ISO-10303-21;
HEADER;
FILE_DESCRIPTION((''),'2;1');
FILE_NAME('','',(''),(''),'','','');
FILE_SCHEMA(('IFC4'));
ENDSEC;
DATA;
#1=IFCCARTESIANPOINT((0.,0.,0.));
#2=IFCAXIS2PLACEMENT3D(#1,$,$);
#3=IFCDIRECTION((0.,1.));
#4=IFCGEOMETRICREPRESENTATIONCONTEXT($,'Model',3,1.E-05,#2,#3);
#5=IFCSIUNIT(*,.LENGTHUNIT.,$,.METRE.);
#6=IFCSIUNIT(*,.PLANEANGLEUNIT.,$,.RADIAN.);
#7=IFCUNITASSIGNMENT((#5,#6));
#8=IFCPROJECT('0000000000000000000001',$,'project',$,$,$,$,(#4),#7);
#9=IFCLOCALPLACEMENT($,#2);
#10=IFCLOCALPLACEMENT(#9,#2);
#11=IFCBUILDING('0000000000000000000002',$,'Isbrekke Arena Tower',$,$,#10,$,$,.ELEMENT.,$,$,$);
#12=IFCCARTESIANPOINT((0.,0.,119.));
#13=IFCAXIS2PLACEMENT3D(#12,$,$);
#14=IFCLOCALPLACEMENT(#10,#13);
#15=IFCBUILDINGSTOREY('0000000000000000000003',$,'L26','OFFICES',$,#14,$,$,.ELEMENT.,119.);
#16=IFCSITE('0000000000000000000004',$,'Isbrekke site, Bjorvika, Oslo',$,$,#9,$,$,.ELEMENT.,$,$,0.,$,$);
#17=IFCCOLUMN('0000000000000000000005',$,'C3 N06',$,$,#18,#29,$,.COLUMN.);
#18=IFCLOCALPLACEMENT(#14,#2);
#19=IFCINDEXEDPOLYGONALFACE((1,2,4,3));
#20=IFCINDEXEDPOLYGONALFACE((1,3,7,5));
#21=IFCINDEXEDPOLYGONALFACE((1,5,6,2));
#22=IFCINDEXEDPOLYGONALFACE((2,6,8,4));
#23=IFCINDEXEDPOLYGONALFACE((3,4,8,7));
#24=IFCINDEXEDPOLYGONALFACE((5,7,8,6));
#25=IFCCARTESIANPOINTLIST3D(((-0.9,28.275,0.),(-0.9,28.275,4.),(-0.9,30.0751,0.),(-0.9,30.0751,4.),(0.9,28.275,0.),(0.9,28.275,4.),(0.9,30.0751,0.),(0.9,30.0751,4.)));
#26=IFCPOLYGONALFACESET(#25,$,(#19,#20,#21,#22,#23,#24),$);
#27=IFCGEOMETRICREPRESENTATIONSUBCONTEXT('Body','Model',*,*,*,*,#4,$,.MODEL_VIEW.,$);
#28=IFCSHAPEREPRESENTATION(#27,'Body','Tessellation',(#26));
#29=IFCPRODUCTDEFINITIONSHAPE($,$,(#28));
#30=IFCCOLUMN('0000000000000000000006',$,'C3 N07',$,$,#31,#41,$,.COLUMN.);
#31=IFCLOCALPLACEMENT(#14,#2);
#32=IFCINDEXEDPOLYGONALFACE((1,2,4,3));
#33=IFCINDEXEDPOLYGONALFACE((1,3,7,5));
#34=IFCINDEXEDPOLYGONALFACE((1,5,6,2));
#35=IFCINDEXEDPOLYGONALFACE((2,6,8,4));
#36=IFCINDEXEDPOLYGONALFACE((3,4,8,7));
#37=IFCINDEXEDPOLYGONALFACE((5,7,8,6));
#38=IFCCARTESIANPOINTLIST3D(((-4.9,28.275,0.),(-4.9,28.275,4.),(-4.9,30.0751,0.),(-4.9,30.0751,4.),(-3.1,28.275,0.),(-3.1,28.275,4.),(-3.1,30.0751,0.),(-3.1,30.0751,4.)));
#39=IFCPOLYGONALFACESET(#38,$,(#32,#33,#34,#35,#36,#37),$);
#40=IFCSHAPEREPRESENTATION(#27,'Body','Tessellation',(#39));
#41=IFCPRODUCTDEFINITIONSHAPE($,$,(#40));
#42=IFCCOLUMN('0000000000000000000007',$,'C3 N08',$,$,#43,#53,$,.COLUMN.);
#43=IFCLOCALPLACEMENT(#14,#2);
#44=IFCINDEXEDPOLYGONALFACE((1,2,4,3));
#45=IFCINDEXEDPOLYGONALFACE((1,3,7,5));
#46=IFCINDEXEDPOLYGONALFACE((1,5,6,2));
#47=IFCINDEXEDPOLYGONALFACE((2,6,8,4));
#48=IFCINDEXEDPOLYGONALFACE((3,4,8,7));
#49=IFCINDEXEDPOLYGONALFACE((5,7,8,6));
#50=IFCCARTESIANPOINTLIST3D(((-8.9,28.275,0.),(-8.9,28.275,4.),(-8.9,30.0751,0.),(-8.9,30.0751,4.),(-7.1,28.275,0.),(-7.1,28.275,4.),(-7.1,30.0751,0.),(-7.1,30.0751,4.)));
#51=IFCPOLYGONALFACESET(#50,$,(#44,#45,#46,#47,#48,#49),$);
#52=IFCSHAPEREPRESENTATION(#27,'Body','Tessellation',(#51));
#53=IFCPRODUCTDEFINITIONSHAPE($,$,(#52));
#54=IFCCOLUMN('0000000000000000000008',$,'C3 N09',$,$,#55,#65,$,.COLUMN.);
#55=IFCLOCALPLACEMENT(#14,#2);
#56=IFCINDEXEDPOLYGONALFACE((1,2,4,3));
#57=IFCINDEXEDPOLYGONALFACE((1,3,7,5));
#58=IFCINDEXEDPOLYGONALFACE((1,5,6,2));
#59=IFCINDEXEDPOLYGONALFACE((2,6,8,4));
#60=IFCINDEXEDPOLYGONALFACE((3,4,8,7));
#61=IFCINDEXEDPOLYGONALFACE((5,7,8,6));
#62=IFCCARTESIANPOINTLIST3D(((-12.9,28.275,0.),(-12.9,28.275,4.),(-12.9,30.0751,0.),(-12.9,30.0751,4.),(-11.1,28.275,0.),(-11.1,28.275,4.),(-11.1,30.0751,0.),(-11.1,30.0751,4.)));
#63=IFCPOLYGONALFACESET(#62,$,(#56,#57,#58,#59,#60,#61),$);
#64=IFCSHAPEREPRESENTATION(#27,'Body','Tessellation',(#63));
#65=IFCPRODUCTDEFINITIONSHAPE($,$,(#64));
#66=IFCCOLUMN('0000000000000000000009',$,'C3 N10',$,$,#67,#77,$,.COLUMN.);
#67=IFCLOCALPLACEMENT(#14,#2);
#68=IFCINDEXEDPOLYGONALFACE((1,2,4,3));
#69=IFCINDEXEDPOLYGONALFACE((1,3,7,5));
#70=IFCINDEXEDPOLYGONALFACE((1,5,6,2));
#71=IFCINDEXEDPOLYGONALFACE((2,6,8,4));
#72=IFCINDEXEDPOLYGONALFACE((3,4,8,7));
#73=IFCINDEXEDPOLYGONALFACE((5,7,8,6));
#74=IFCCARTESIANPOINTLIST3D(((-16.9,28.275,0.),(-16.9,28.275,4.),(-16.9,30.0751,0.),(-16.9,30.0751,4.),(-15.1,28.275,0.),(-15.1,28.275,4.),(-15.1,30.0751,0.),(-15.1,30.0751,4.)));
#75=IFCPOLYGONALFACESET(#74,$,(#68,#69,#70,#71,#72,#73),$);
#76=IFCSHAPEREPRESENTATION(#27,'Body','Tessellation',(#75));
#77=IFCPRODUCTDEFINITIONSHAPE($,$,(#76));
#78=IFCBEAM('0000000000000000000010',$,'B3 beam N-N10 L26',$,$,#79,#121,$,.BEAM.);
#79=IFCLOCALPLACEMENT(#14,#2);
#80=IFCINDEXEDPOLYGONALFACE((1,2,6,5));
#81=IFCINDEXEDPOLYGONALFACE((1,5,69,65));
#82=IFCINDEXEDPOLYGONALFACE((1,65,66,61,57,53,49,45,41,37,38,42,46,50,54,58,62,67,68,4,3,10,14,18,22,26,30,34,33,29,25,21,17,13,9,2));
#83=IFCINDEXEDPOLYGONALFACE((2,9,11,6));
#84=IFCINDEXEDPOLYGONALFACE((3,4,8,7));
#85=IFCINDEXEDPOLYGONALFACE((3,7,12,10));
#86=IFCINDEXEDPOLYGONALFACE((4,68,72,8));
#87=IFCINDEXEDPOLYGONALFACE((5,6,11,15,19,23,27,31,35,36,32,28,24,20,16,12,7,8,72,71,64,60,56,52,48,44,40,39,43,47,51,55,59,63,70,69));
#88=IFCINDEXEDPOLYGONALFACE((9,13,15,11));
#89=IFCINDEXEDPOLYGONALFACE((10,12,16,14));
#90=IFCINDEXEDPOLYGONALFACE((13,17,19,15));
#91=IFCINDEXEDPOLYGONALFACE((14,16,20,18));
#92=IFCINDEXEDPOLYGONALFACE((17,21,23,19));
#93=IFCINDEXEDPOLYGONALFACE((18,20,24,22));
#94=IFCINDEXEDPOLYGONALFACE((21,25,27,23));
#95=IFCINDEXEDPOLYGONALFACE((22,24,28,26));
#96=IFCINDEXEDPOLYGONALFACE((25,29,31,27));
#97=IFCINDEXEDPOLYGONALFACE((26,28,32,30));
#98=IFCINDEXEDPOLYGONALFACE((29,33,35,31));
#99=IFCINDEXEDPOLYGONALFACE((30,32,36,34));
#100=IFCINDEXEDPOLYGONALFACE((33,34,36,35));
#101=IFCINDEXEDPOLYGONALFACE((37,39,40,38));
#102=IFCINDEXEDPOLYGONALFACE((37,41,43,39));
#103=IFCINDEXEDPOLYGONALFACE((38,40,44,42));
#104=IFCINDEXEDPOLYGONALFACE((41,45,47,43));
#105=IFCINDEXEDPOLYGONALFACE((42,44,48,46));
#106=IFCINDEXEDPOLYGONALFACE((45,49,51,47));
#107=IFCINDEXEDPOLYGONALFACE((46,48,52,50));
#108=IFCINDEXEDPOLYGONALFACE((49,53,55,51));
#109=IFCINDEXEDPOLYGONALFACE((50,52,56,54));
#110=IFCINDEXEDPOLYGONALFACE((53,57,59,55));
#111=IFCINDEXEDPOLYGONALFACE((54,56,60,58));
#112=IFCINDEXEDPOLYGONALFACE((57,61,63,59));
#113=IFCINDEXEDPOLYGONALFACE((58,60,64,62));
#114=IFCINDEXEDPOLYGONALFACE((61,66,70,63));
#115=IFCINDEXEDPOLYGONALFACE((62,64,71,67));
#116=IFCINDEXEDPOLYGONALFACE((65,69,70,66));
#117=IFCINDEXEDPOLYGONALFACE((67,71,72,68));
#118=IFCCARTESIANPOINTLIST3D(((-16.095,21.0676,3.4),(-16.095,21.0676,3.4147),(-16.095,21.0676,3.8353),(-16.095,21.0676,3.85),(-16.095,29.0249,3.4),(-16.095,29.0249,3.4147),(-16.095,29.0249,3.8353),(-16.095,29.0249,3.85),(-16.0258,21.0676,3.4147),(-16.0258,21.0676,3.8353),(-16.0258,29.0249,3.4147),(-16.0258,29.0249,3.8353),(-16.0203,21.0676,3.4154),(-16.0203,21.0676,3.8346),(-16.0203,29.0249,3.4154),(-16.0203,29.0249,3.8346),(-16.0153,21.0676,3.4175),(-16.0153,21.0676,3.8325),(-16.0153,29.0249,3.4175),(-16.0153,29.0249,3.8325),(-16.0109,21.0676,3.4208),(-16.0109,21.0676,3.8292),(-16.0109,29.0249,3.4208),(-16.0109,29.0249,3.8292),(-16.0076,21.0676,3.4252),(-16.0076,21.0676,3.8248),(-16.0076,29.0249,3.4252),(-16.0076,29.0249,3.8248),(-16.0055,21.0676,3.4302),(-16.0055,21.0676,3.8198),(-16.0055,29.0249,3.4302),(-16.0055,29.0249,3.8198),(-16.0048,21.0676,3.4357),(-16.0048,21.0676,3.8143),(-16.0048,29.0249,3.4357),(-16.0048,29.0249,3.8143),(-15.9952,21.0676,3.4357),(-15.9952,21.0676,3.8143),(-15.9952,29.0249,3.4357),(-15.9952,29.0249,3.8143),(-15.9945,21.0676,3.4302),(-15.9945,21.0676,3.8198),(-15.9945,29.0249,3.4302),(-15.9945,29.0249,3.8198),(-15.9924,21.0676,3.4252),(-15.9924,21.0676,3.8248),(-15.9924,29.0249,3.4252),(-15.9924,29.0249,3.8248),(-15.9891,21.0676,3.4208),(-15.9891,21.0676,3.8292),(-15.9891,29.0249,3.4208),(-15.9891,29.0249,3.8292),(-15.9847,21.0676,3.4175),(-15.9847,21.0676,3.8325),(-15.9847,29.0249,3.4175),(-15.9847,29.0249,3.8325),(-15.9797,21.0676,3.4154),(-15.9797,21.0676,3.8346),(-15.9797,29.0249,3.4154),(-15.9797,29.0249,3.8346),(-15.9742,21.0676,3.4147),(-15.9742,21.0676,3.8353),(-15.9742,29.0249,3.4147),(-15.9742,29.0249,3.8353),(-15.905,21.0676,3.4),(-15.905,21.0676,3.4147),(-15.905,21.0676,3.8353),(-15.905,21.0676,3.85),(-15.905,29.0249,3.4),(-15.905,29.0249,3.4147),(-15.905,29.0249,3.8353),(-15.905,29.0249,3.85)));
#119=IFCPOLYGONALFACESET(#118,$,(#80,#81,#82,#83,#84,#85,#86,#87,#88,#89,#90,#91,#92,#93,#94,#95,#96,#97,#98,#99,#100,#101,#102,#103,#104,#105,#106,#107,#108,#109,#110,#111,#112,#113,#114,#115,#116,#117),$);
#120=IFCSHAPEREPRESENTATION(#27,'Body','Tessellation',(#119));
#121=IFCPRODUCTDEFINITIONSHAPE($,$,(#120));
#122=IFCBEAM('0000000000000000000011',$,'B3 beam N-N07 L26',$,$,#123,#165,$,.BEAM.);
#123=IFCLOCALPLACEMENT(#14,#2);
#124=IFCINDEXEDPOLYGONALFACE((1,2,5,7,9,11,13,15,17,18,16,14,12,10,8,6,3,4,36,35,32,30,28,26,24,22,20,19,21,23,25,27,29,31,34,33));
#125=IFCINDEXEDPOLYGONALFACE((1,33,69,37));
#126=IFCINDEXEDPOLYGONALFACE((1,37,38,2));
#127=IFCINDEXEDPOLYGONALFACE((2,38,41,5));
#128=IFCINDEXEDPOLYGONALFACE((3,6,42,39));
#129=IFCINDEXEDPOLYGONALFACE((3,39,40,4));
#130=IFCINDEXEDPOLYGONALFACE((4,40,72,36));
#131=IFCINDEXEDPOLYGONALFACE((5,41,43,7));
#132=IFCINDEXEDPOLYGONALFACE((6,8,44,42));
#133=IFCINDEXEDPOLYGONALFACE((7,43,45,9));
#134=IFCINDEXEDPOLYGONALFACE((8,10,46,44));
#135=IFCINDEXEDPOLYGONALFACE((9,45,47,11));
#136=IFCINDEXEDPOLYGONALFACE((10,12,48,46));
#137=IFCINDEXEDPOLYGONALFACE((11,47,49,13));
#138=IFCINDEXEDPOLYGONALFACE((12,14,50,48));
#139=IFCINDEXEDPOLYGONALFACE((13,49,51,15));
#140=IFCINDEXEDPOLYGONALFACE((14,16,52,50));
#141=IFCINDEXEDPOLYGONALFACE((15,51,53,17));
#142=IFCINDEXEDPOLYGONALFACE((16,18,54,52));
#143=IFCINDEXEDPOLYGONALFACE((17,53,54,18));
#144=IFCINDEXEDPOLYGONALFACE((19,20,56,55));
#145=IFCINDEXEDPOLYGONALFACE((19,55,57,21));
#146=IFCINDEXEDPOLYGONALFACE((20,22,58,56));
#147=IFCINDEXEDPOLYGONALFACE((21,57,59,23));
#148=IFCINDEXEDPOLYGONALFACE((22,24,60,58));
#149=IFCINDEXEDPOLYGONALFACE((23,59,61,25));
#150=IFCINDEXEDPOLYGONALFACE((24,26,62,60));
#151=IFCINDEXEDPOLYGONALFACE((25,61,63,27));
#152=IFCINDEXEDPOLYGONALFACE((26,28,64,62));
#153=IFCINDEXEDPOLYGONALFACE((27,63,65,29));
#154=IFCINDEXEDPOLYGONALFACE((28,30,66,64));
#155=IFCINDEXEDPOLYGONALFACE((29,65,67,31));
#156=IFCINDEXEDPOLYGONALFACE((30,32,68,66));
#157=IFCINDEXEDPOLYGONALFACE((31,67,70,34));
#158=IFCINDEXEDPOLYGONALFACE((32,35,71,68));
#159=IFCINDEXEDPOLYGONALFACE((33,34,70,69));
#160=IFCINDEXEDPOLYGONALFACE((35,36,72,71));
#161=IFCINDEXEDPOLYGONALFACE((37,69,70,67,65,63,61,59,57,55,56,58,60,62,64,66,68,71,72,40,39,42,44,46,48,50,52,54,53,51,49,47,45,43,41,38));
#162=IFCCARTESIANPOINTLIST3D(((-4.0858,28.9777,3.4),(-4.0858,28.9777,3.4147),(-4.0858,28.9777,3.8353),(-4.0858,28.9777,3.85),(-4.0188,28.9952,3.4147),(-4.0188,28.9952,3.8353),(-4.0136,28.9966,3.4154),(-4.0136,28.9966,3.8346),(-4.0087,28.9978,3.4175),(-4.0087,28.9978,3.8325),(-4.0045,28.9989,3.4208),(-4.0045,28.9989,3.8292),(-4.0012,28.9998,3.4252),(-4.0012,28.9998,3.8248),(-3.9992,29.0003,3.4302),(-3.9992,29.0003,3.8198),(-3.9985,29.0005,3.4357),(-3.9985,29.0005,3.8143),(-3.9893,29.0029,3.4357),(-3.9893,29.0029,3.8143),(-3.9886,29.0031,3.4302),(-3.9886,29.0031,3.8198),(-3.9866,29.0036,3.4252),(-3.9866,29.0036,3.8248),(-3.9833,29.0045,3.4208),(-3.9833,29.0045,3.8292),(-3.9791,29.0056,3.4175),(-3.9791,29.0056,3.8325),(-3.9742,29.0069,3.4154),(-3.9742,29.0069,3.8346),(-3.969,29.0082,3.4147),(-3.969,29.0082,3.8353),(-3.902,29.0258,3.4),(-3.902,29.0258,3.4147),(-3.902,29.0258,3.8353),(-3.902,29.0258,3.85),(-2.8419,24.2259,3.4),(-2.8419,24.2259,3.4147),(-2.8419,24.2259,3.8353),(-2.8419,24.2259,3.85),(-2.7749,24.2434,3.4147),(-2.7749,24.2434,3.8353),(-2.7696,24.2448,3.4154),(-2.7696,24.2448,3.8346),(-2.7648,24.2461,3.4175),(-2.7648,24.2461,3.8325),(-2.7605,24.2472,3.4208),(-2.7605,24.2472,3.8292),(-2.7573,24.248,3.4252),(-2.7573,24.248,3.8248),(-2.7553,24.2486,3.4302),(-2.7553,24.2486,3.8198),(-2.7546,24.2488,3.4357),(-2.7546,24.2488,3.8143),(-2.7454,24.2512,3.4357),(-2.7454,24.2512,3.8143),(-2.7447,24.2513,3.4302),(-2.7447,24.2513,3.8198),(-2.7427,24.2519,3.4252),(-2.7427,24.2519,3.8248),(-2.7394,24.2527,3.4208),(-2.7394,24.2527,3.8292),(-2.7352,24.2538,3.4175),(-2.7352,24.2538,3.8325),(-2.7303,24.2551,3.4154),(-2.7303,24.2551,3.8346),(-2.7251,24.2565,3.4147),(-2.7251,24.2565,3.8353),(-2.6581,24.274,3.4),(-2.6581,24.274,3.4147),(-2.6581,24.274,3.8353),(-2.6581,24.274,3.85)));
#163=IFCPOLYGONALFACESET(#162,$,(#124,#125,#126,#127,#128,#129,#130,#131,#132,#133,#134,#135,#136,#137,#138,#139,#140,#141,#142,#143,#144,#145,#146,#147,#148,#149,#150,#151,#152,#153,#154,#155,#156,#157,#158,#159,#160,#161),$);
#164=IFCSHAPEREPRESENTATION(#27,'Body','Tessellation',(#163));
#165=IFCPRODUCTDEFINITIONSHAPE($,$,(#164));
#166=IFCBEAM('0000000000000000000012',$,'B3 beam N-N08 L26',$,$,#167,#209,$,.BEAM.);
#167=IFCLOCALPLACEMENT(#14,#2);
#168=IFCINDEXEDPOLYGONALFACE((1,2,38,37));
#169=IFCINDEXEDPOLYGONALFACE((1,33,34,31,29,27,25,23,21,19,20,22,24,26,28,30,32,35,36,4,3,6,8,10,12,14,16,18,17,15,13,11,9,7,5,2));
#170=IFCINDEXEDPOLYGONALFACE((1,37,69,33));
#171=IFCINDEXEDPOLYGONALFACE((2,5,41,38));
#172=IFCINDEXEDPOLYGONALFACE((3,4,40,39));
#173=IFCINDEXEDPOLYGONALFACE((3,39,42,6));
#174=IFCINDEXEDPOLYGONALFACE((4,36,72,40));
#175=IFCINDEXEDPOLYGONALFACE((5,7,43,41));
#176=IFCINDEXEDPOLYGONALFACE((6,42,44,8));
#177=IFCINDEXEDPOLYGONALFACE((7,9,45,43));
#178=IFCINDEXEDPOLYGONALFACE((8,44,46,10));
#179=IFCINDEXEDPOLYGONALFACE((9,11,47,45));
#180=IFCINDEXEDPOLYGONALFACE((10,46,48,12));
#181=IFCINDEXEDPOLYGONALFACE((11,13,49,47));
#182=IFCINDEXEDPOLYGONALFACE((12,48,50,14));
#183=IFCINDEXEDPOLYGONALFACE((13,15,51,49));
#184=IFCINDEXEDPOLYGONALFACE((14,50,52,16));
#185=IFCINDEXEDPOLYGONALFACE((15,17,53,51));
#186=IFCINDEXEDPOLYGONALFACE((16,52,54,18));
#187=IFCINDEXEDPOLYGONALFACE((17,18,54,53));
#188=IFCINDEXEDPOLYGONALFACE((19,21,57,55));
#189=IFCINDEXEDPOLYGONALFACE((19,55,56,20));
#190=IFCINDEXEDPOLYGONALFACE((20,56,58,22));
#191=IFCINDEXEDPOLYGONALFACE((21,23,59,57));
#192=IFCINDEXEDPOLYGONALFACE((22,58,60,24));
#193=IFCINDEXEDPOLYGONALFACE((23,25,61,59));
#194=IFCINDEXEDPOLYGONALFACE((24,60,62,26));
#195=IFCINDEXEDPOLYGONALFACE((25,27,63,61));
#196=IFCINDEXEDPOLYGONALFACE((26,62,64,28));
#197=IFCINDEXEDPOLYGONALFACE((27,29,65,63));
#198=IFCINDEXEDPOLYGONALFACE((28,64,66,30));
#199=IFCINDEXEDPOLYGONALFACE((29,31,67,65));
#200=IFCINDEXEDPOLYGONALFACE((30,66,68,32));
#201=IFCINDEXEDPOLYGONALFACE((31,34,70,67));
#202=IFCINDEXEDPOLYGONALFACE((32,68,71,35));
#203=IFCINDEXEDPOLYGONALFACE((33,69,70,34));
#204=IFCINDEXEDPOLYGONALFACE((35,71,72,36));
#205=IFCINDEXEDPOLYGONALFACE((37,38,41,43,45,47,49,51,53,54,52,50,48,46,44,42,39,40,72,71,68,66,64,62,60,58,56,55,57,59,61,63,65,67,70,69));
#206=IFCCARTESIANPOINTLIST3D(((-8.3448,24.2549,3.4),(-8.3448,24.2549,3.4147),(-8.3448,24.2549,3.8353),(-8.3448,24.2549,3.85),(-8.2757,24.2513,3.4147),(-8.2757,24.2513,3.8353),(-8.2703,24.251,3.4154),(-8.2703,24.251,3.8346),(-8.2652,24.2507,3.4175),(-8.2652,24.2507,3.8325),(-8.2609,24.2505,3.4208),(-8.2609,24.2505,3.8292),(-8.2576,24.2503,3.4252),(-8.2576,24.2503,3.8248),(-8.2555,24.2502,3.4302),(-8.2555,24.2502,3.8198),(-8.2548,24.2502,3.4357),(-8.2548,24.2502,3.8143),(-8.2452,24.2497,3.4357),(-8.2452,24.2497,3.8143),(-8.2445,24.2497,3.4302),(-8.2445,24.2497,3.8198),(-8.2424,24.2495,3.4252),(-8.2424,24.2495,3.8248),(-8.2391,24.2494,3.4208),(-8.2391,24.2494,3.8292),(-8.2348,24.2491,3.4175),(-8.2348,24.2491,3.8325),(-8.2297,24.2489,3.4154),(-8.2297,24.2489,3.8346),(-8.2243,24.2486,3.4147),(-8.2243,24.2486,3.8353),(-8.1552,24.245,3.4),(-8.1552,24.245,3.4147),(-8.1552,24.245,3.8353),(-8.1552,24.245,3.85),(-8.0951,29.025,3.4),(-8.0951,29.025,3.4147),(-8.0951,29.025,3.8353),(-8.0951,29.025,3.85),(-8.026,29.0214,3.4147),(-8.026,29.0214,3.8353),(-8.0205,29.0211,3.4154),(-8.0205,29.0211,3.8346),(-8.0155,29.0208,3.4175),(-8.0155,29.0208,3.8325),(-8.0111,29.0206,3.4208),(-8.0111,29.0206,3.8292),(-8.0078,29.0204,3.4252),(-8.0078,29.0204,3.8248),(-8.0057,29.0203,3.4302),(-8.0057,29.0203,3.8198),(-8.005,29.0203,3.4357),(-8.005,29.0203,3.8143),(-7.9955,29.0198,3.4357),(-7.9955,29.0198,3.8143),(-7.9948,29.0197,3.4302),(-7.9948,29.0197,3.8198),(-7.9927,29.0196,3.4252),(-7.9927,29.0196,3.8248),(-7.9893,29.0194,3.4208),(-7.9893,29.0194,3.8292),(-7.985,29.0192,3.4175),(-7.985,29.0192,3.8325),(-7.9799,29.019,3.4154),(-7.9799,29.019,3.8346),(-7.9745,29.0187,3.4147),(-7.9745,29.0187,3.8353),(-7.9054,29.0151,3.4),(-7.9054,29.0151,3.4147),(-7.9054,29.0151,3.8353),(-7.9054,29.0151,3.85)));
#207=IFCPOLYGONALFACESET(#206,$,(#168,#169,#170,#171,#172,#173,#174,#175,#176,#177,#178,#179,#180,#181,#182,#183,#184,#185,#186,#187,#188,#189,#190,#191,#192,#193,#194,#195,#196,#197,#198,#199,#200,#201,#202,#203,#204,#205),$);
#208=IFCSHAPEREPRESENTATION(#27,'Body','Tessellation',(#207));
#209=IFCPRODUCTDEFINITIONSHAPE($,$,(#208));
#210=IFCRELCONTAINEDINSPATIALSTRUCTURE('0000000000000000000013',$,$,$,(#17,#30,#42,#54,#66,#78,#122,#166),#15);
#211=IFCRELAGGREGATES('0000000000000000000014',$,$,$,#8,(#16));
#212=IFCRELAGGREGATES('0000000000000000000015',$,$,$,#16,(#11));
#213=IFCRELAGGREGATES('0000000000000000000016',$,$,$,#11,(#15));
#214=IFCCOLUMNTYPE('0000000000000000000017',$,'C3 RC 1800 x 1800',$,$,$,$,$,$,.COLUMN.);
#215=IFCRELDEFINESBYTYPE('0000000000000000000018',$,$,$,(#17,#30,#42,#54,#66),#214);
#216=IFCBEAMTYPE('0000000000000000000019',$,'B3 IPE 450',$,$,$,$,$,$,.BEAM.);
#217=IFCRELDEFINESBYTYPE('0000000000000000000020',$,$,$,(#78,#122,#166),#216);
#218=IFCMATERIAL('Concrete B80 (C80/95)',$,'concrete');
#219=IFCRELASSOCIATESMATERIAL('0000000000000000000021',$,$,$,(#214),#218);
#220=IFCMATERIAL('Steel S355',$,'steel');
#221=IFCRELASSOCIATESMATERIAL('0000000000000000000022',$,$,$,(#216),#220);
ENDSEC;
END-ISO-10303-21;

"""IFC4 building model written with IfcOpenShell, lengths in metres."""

from ifc_helpers import new_model, si_unit, direction, frame, origin, origin_2d, place, context, subcontext, project, spatial, rectangle, i_section, extrude, material, material_profile, profile_set, type_object, element, save


model = new_model("IFC4")

# Units and contexts
model_context = context("Model", 3, precision=1e-05, world=origin(), true_north=direction((0.0, 1.0)))
body_context = subcontext(model_context, "Body", "Model", "MODEL_VIEW")
ifc_project = project(units=[si_unit("LENGTHUNIT", "METRE"), si_unit("PLANEANGLEUNIT", "RADIAN")], contexts=[model_context])

# Site, building, storey
site_placement = place(None, origin())
site = spatial("IfcSite", under=ifc_project, at=site_placement, Name="Isbrekke site, Bjorvika, Oslo", CompositionType="ELEMENT", RefElevation=0.0)
building_placement = place(site_placement, origin())
building = spatial("IfcBuilding", under=site, at=building_placement, Name="Isbrekke Arena Tower", CompositionType="ELEMENT")
storey_placement = place(building_placement, frame((0.0, 0.0, 119.0)))
storey = spatial("IfcBuildingStorey", under=building, at=storey_placement, Name="L26", Description="OFFICES", CompositionType="ELEMENT", Elevation=119.0)

# Columns
ifc_material_1 = material(Name="Concrete B80 (C80/95)", Category="concrete")
ifc_material_profile_1 = material_profile(ifc_material_1, rectangle(XDim=1.8, YDim=1.8, at=origin_2d()), Name="RC 1800x1800")
ifc_profile_set_1 = profile_set([ifc_material_profile_1], Name="Concrete B80 (C80/95)")
column_type = type_object("IfcColumnType", Name="C3 RC 1800 x 1800", PredefinedType="COLUMN", material=ifc_profile_set_1)
for number, where, z_axis, x_axis, name in (
    (1, (0.0, 29.175, 0.0), (0.0, 0.0, 1.0), (-1.0, 0.0, 0.0), "C3 N06"),
    (2, (-4.0, 29.175, 0.0), (0.0, 0.0, 1.0), (-1.0, 0.0, 0.0), "C3 N07"),
    (3, (-8.0, 29.175, 0.0), (0.0, 0.0, 1.0), (-1.0, 0.0, 0.0), "C3 N08"),
    (4, (-12.0, 29.175, 0.0), (0.0, 0.0, 1.0), (-1.0, 0.0, 0.0), "C3 N09"),
    (5, (-16.0, 29.175, 0.0), (0.0, 0.0, 1.0), (-1.0, 0.0, 0.0), "C3 N10"),
):
    element("IfcColumn", number, at=place(storey_placement, frame(where, z_axis=z_axis, x_axis=x_axis)), inside=storey, type_object=column_type, Name=name, PredefinedType="COLUMN", context=body_context, shape_type="SweptSolid", body=[
        extrude(rectangle(XDim=1.8, YDim=1.8, at=origin_2d()), origin(), (0.0, 0.0, 1.0), 4.0),
    ])

# Beams
ifc_material_2 = material(Name="Steel S355", Category="steel")
ifc_material_profile_2 = material_profile(ifc_material_2, i_section(OverallWidth=0.1899, OverallDepth=0.45, WebThickness=0.0095, FlangeThickness=0.0146, FilletRadius=0.021, at=origin_2d()), Name="IPE 450")
ifc_profile_set_2 = profile_set([ifc_material_profile_2], Name="Steel S355")
beam_type_1 = type_object("IfcBeamType", Name="B3 IPE 450", PredefinedType="BEAM", material=ifc_profile_set_2)
beam_1_placement = place(storey_placement, frame((-16.0, 29.0249, 3.625), z_axis=(0.0, -1.0, 0.0), x_axis=(1.0, 0.0, 0.0)))
element("IfcBeam", 6, at=beam_1_placement, inside=storey, type_object=beam_type_1, Name="B3 beam N-N10 L26", PredefinedType="BEAM", context=body_context, shape_type="SweptSolid", body=[
    extrude(i_section(OverallWidth=0.1899, OverallDepth=0.45, WebThickness=0.0095, FlangeThickness=0.0146, FilletRadius=0.021, at=origin_2d()), origin(), (0.0, 0.0, 1.0), 7.9573),
])
beam_2_placement = place(storey_placement, frame((-3.9939, 29.0017, 3.625), z_axis=(0.253245, -0.967402, 0.0), x_axis=(0.967402, 0.253245, 0.0)))
element("IfcBeam", 7, at=beam_2_placement, inside=storey, type_object=beam_type_1, Name="B3 beam N-N07 L26", PredefinedType="BEAM", context=body_context, shape_type="SweptSolid", body=[
    extrude(i_section(OverallWidth=0.1899, OverallDepth=0.45, WebThickness=0.0095, FlangeThickness=0.0146, FilletRadius=0.021, at=origin_2d()), origin(), (0.0, 0.0, 1.0), 4.9119),
])
beam_3_placement = place(storey_placement, frame((-8.0002, 29.02, 3.625), z_axis=(-0.052288, -0.998632, 0.0), x_axis=(0.998632, -0.052288, 0.0)))
element("IfcBeam", 8, at=beam_3_placement, inside=storey, type_object=beam_type_1, Name="B3 beam N-N08 L26", PredefinedType="BEAM", context=body_context, shape_type="SweptSolid", body=[
    extrude(i_section(OverallWidth=0.1899, OverallDepth=0.45, WebThickness=0.0095, FlangeThickness=0.0146, FilletRadius=0.021, at=origin_2d()), origin(), (0.0, 0.0, 1.0), 4.7766),
])

save(model, "model.ifc")
